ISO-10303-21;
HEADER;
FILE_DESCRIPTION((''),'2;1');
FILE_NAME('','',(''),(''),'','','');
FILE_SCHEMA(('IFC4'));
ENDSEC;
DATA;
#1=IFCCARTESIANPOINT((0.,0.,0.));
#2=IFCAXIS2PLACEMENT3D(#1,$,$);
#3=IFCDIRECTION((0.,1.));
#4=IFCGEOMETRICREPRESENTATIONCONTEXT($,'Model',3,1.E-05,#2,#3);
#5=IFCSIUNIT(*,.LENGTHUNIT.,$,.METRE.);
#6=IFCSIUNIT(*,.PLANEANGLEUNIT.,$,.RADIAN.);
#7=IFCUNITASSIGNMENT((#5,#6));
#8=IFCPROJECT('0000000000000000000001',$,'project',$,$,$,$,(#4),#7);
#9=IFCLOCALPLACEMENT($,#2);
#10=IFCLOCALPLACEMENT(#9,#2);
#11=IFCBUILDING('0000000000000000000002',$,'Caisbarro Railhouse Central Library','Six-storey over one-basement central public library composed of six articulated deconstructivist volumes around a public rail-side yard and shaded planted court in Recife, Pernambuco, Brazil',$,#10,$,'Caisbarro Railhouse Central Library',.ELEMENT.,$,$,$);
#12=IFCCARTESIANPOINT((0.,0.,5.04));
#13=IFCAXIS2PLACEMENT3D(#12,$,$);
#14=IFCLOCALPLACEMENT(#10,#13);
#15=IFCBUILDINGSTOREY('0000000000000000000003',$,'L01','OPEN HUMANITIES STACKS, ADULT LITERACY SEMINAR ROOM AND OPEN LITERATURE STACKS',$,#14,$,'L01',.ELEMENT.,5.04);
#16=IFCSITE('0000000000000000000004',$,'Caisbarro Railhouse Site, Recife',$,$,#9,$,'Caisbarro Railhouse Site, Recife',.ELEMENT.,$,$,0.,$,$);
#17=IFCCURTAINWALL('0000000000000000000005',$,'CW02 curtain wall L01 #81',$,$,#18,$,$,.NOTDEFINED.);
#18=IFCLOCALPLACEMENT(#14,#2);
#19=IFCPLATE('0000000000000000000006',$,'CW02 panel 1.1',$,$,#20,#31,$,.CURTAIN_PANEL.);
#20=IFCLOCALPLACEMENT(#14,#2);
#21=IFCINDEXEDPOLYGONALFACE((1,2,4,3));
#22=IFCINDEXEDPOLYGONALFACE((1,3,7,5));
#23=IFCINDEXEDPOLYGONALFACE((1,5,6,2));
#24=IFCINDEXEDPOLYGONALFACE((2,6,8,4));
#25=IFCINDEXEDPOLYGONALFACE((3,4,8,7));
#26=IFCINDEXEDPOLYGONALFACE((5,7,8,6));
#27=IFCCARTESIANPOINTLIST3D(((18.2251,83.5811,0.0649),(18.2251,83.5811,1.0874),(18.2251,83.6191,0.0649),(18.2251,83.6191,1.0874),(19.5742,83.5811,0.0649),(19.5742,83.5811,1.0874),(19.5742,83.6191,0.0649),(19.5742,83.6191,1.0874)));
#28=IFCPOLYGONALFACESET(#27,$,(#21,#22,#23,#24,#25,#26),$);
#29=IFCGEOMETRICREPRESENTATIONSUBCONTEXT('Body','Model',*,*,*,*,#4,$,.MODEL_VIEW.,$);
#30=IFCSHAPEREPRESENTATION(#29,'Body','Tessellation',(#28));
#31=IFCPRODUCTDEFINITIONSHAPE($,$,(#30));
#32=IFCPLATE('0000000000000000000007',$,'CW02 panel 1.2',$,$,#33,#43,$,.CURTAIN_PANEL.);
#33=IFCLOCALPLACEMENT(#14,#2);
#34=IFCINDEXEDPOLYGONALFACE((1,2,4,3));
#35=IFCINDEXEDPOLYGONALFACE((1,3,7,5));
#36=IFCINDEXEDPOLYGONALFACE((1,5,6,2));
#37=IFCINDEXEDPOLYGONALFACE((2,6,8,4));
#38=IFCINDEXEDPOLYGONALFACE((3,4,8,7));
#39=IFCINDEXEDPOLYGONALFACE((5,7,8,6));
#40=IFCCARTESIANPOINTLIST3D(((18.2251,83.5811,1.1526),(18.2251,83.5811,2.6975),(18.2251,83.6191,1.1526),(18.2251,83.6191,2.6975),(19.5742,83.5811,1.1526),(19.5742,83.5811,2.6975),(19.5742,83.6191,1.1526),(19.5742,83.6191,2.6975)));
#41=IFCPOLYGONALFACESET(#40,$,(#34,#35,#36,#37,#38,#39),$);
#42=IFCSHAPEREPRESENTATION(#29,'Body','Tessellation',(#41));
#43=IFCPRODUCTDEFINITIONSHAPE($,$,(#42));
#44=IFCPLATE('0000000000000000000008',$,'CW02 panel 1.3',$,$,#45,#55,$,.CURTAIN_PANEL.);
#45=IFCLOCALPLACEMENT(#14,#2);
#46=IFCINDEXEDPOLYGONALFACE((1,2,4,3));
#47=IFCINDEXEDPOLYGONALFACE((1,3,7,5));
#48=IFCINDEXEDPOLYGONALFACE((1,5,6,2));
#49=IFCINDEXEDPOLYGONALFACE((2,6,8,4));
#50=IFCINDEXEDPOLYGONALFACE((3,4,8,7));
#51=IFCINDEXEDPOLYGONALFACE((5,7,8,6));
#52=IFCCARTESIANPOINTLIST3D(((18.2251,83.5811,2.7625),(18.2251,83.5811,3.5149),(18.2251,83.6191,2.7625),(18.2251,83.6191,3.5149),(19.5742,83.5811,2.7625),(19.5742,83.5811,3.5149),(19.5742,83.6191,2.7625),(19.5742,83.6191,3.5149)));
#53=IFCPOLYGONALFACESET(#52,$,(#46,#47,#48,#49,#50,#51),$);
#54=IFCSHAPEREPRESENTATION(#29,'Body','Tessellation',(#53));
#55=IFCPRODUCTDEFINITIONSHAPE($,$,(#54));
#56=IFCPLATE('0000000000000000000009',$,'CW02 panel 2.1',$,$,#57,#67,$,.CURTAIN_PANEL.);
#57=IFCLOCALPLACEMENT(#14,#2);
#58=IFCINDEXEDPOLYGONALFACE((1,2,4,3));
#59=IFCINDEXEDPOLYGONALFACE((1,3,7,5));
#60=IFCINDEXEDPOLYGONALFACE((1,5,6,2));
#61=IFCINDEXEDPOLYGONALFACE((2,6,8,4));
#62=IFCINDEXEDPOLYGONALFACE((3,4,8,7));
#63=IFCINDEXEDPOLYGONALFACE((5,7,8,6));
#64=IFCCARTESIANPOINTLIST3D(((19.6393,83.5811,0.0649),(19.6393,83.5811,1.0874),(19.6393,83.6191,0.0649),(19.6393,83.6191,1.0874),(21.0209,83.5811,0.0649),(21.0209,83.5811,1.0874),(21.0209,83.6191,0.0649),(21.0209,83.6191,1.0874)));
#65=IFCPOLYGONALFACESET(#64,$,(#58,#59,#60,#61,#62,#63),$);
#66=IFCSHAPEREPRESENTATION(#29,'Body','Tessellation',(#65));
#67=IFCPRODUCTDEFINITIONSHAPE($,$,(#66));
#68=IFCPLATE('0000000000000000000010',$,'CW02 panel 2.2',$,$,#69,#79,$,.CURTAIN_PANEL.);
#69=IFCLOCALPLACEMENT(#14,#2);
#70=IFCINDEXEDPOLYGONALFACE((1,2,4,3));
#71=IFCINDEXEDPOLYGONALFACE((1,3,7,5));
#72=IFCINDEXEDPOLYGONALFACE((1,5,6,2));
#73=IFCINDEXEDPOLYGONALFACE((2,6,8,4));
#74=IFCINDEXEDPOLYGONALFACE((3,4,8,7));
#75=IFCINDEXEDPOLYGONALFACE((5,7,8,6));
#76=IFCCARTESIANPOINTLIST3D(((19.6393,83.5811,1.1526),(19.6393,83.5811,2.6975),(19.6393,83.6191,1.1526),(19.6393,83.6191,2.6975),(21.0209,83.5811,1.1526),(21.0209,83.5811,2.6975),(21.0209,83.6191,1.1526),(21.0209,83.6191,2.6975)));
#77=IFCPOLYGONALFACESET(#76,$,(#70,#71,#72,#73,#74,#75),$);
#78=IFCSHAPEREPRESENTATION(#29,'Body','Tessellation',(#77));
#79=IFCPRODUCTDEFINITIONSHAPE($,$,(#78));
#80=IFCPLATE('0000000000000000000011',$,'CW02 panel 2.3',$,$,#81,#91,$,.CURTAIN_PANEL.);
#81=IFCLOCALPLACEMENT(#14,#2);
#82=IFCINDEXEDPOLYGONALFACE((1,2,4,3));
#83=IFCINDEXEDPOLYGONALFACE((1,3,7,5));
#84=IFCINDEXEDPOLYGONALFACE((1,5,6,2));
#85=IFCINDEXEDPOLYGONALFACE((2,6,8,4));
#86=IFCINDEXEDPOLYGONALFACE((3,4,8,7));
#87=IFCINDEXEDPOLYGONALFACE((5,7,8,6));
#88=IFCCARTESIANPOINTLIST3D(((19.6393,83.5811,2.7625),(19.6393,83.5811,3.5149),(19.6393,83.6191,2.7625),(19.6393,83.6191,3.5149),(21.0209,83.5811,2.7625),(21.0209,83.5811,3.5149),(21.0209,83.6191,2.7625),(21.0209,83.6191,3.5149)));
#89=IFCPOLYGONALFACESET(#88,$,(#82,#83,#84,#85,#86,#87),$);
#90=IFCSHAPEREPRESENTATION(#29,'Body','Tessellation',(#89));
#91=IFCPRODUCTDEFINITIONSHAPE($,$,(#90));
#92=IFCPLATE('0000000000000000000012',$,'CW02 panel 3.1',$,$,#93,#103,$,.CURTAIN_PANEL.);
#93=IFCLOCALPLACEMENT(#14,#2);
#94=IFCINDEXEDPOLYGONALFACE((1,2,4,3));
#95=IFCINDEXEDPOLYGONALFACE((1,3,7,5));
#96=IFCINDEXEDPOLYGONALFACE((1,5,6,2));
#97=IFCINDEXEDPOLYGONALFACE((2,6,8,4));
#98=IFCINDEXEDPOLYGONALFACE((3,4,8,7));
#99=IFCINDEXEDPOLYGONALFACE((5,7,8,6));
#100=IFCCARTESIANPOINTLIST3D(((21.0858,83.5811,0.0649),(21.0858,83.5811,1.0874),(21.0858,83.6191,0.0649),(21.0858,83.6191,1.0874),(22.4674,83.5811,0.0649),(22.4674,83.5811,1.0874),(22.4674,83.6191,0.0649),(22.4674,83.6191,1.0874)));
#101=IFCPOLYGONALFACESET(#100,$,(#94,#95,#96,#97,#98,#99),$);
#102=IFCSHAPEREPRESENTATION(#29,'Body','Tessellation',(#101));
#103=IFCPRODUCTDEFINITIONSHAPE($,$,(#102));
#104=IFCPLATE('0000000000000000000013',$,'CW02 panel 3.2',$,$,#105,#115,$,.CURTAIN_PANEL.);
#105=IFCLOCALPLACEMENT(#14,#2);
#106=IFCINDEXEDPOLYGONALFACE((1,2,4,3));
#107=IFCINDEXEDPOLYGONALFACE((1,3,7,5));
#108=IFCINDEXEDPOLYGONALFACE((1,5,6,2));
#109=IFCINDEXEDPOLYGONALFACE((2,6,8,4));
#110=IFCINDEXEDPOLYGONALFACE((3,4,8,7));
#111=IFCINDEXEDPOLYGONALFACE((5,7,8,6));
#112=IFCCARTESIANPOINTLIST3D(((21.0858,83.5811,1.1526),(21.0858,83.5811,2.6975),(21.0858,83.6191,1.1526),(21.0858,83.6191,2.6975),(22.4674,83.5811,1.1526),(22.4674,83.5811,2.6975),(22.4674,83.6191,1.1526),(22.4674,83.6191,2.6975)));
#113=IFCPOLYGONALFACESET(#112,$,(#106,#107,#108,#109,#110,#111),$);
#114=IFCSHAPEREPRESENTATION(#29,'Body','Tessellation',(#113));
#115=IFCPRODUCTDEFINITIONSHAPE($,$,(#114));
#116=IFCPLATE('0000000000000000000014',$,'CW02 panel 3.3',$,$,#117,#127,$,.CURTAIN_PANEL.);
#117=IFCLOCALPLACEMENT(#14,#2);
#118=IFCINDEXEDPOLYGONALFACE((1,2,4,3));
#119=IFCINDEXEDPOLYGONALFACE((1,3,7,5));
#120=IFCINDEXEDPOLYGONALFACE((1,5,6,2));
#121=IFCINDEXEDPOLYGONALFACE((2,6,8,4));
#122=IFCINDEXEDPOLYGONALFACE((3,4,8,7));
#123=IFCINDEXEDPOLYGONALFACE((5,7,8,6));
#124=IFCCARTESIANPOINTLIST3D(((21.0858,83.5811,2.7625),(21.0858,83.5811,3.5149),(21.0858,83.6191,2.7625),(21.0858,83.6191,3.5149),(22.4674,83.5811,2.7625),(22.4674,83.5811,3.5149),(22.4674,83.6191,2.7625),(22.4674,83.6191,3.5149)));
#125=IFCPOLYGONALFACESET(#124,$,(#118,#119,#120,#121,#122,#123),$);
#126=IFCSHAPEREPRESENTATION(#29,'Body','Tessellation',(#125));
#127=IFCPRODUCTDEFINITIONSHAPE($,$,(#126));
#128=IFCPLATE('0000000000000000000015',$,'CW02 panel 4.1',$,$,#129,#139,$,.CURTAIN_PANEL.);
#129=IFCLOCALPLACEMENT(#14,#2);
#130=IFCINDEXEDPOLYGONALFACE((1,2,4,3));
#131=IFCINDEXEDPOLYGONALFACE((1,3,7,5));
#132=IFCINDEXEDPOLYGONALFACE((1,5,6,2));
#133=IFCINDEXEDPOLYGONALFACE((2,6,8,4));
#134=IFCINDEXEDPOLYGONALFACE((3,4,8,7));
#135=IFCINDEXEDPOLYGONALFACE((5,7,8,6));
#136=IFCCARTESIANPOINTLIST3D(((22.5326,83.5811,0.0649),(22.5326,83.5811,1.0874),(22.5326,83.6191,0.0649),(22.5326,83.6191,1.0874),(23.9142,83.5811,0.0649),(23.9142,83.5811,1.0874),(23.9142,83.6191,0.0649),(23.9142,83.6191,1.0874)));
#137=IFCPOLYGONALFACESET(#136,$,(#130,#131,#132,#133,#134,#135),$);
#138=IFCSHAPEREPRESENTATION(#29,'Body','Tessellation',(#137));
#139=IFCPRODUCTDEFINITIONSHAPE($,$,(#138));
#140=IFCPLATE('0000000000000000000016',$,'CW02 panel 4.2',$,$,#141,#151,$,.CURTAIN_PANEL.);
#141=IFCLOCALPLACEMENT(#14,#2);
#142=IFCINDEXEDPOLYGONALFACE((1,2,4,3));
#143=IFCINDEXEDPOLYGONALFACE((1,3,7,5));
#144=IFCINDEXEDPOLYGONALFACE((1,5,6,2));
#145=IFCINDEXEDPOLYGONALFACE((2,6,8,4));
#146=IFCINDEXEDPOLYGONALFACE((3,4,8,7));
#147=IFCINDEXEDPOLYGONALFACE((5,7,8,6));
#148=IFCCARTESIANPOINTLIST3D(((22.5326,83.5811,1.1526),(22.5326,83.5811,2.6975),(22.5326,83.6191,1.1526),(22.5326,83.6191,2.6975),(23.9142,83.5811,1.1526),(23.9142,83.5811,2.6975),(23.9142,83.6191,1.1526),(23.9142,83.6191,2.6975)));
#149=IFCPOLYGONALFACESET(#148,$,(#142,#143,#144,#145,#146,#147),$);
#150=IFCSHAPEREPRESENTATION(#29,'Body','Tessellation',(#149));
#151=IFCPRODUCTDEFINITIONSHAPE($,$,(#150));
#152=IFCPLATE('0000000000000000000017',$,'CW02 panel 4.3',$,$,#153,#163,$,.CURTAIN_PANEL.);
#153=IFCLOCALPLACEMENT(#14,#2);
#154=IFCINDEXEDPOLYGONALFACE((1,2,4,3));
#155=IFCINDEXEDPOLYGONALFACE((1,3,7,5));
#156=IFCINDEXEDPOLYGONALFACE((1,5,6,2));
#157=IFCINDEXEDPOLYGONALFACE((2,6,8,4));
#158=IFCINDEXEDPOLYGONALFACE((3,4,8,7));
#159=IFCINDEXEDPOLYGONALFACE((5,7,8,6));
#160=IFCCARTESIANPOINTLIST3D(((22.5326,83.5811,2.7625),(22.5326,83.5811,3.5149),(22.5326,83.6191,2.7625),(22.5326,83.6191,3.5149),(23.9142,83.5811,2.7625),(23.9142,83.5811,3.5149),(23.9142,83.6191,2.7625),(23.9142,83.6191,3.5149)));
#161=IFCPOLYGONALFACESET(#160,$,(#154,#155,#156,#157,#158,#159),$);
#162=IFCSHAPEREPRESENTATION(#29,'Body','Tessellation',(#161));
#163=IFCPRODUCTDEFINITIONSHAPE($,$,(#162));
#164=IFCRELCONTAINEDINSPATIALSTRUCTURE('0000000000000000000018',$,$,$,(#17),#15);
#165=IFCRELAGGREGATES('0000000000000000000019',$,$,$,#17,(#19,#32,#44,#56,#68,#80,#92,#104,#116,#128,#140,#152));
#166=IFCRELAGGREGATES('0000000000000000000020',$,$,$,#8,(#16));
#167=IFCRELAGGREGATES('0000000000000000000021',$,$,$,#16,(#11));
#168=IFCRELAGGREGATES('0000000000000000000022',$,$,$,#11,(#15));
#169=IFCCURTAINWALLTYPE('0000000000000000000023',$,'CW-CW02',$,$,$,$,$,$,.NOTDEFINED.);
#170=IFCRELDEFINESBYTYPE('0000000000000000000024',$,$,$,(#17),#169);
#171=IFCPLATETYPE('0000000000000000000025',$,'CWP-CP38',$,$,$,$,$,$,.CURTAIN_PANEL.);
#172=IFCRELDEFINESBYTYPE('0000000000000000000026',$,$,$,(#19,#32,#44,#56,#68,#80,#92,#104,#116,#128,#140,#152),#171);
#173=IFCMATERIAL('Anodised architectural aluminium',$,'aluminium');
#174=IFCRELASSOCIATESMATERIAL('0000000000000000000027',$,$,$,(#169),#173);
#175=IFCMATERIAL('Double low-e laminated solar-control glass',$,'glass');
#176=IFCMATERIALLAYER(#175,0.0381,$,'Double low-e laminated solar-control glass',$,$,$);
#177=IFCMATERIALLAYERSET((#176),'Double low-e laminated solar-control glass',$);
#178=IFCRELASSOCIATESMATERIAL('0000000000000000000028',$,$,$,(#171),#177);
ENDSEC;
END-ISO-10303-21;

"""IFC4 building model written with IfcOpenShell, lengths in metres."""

from ifc_helpers import new_model, si_unit, direction, frame, origin, origin_2d, place, context, subcontext, project, spatial, rectangle, extrude, material, layer, layer_set, type_object, element, aggregate, save


model = new_model("IFC4")

# Units and contexts
model_context = context("Model", 3, precision=1e-05, world=origin(), true_north=direction((0.0, 1.0)))
body_context = subcontext(model_context, "Body", "Model", "MODEL_VIEW")
ifc_project = project(units=[si_unit("LENGTHUNIT", "METRE"), si_unit("PLANEANGLEUNIT", "RADIAN")], contexts=[model_context])

# Site, building, storey
site_placement = place(None, origin())
site = spatial("IfcSite", under=ifc_project, at=site_placement, Name="Caisbarro Railhouse Site, Recife", LongName="Caisbarro Railhouse Site, Recife", CompositionType="ELEMENT", RefElevation=0.0)
building_placement = place(site_placement, origin())
building = spatial("IfcBuilding", under=site, at=building_placement, Name="Caisbarro Railhouse Central Library", Description="Six-storey over one-basement central public library composed of six articulated deconstructivist volumes around a public rail-side yard and shaded planted court in Recife, Pernambuco, Brazil", LongName="Caisbarro Railhouse Central Library", CompositionType="ELEMENT")
storey_placement = place(building_placement, frame((0.0, 0.0, 5.04)))
storey = spatial("IfcBuildingStorey", under=building, at=storey_placement, Name="L01", Description="OPEN HUMANITIES STACKS, ADULT LITERACY SEMINAR ROOM AND OPEN LITERATURE STACKS", LongName="L01", CompositionType="ELEMENT", Elevation=5.04)

# Curtain wall
ifc_material_1 = material(Name="Anodised architectural aluminium", Category="aluminium")
curtain_wall_type = type_object("IfcCurtainWallType", Name="CW-CW02", PredefinedType="NOTDEFINED", material=ifc_material_1)
curtain_wall_1_placement = place(storey_placement, origin())
curtain_wall_1 = element("IfcCurtainWall", 1, at=curtain_wall_1_placement, inside=storey, type_object=curtain_wall_type, Name="CW02 curtain wall L01 #81", PredefinedType="NOTDEFINED")

# Plates
ifc_material_2 = material(Name="Double low-e laminated solar-control glass", Category="glass")
ifc_layer = layer(ifc_material_2, 0.0381, Name="Double low-e laminated solar-control glass")
ifc_layer_set = layer_set([ifc_layer], Name="Double low-e laminated solar-control glass")
plate_type = type_object("IfcPlateType", Name="CWP-CP38", PredefinedType="CURTAIN_PANEL", material=ifc_layer_set)
plate_1_placement = place(storey_placement, frame((18.8997, 83.6001, 0.0649), z_axis=(0.0, 0.0, 1.0), x_axis=(1.0, 0.0, 0.0)))
plate_1 = element("IfcPlate", 2, at=plate_1_placement, type_object=plate_type, Name="CW02 panel 1.1", PredefinedType="CURTAIN_PANEL", context=body_context, shape_type="SweptSolid", body=[
    extrude(rectangle(XDim=1.3491, YDim=0.0381, at=origin_2d()), origin(), (0.0, 0.0, 1.0), 1.0225),
])
plate_2_placement = place(storey_placement, frame((18.8997, 83.6001, 1.1526), z_axis=(0.0, 0.0, 1.0), x_axis=(1.0, 0.0, 0.0)))
plate_2 = element("IfcPlate", 3, at=plate_2_placement, type_object=plate_type, Name="CW02 panel 1.2", PredefinedType="CURTAIN_PANEL", context=body_context, shape_type="SweptSolid", body=[
    extrude(rectangle(XDim=1.3491, YDim=0.0381, at=origin_2d()), origin(), (0.0, 0.0, 1.0), 1.5449),
])
plate_3_placement = place(storey_placement, frame((18.8997, 83.6001, 2.7625), z_axis=(0.0, 0.0, 1.0), x_axis=(1.0, 0.0, 0.0)))
plate_3 = element("IfcPlate", 4, at=plate_3_placement, type_object=plate_type, Name="CW02 panel 1.3", PredefinedType="CURTAIN_PANEL", context=body_context, shape_type="SweptSolid", body=[
    extrude(rectangle(XDim=1.3491, YDim=0.0381, at=origin_2d()), origin(), (0.0, 0.0, 1.0), 0.7524),
])
plate_4_placement = place(storey_placement, frame((20.3301, 83.6001, 0.0649), z_axis=(0.0, 0.0, 1.0), x_axis=(1.0, 0.0, 0.0)))
plate_4 = element("IfcPlate", 5, at=plate_4_placement, type_object=plate_type, Name="CW02 panel 2.1", PredefinedType="CURTAIN_PANEL", context=body_context, shape_type="SweptSolid", body=[
    extrude(rectangle(XDim=1.3816, YDim=0.0381, at=origin_2d()), origin(), (0.0, 0.0, 1.0), 1.0225),
])
plate_5_placement = place(storey_placement, frame((20.3301, 83.6001, 1.1526), z_axis=(0.0, 0.0, 1.0), x_axis=(1.0, 0.0, 0.0)))
plate_5 = element("IfcPlate", 6, at=plate_5_placement, type_object=plate_type, Name="CW02 panel 2.2", PredefinedType="CURTAIN_PANEL", context=body_context, shape_type="SweptSolid", body=[
    extrude(rectangle(XDim=1.3816, YDim=0.0381, at=origin_2d()), origin(), (0.0, 0.0, 1.0), 1.5449),
])
plate_6_placement = place(storey_placement, frame((20.3301, 83.6001, 2.7625), z_axis=(0.0, 0.0, 1.0), x_axis=(1.0, 0.0, 0.0)))
plate_6 = element("IfcPlate", 7, at=plate_6_placement, type_object=plate_type, Name="CW02 panel 2.3", PredefinedType="CURTAIN_PANEL", context=body_context, shape_type="SweptSolid", body=[
    extrude(rectangle(XDim=1.3816, YDim=0.0381, at=origin_2d()), origin(), (0.0, 0.0, 1.0), 0.7524),
])
plate_7_placement = place(storey_placement, frame((21.7766, 83.6001, 0.0649), z_axis=(0.0, 0.0, 1.0), x_axis=(1.0, 0.0, 0.0)))
plate_7 = element("IfcPlate", 8, at=plate_7_placement, type_object=plate_type, Name="CW02 panel 3.1", PredefinedType="CURTAIN_PANEL", context=body_context, shape_type="SweptSolid", body=[
    extrude(rectangle(XDim=1.3816, YDim=0.0381, at=origin_2d()), origin(), (0.0, 0.0, 1.0), 1.0225),
])
plate_8_placement = place(storey_placement, frame((21.7766, 83.6001, 1.1526), z_axis=(0.0, 0.0, 1.0), x_axis=(1.0, 0.0, 0.0)))
plate_8 = element("IfcPlate", 9, at=plate_8_placement, type_object=plate_type, Name="CW02 panel 3.2", PredefinedType="CURTAIN_PANEL", context=body_context, shape_type="SweptSolid", body=[
    extrude(rectangle(XDim=1.3816, YDim=0.0381, at=origin_2d()), origin(), (0.0, 0.0, 1.0), 1.5449),
])
plate_9_placement = place(storey_placement, frame((21.7766, 83.6001, 2.7625), z_axis=(0.0, 0.0, 1.0), x_axis=(1.0, 0.0, 0.0)))
plate_9 = element("IfcPlate", 10, at=plate_9_placement, type_object=plate_type, Name="CW02 panel 3.3", PredefinedType="CURTAIN_PANEL", context=body_context, shape_type="SweptSolid", body=[
    extrude(rectangle(XDim=1.3816, YDim=0.0381, at=origin_2d()), origin(), (0.0, 0.0, 1.0), 0.7524),
])
plate_10_placement = place(storey_placement, frame((23.2234, 83.6001, 0.0649), z_axis=(0.0, 0.0, 1.0), x_axis=(1.0, 0.0, 0.0)))
plate_10 = element("IfcPlate", 11, at=plate_10_placement, type_object=plate_type, Name="CW02 panel 4.1", PredefinedType="CURTAIN_PANEL", context=body_context, shape_type="SweptSolid", body=[
    extrude(rectangle(XDim=1.3816, YDim=0.0381, at=origin_2d()), origin(), (0.0, 0.0, 1.0), 1.0225),
])
plate_11_placement = place(storey_placement, frame((23.2234, 83.6001, 1.1526), z_axis=(0.0, 0.0, 1.0), x_axis=(1.0, 0.0, 0.0)))
plate_11 = element("IfcPlate", 12, at=plate_11_placement, type_object=plate_type, Name="CW02 panel 4.2", PredefinedType="CURTAIN_PANEL", context=body_context, shape_type="SweptSolid", body=[
    extrude(rectangle(XDim=1.3816, YDim=0.0381, at=origin_2d()), origin(), (0.0, 0.0, 1.0), 1.5449),
])
plate_12_placement = place(storey_placement, frame((23.2234, 83.6001, 2.7625), z_axis=(0.0, 0.0, 1.0), x_axis=(1.0, 0.0, 0.0)))
plate_12 = element("IfcPlate", 13, at=plate_12_placement, type_object=plate_type, Name="CW02 panel 4.3", PredefinedType="CURTAIN_PANEL", context=body_context, shape_type="SweptSolid", body=[
    extrude(rectangle(XDim=1.3816, YDim=0.0381, at=origin_2d()), origin(), (0.0, 0.0, 1.0), 0.7524),
])
aggregate(curtain_wall_1, [plate_1, plate_2, plate_3, plate_4, plate_5, plate_6, plate_7, plate_8, plate_9, plate_10, plate_11, plate_12])

save(model, "model.ifc")
